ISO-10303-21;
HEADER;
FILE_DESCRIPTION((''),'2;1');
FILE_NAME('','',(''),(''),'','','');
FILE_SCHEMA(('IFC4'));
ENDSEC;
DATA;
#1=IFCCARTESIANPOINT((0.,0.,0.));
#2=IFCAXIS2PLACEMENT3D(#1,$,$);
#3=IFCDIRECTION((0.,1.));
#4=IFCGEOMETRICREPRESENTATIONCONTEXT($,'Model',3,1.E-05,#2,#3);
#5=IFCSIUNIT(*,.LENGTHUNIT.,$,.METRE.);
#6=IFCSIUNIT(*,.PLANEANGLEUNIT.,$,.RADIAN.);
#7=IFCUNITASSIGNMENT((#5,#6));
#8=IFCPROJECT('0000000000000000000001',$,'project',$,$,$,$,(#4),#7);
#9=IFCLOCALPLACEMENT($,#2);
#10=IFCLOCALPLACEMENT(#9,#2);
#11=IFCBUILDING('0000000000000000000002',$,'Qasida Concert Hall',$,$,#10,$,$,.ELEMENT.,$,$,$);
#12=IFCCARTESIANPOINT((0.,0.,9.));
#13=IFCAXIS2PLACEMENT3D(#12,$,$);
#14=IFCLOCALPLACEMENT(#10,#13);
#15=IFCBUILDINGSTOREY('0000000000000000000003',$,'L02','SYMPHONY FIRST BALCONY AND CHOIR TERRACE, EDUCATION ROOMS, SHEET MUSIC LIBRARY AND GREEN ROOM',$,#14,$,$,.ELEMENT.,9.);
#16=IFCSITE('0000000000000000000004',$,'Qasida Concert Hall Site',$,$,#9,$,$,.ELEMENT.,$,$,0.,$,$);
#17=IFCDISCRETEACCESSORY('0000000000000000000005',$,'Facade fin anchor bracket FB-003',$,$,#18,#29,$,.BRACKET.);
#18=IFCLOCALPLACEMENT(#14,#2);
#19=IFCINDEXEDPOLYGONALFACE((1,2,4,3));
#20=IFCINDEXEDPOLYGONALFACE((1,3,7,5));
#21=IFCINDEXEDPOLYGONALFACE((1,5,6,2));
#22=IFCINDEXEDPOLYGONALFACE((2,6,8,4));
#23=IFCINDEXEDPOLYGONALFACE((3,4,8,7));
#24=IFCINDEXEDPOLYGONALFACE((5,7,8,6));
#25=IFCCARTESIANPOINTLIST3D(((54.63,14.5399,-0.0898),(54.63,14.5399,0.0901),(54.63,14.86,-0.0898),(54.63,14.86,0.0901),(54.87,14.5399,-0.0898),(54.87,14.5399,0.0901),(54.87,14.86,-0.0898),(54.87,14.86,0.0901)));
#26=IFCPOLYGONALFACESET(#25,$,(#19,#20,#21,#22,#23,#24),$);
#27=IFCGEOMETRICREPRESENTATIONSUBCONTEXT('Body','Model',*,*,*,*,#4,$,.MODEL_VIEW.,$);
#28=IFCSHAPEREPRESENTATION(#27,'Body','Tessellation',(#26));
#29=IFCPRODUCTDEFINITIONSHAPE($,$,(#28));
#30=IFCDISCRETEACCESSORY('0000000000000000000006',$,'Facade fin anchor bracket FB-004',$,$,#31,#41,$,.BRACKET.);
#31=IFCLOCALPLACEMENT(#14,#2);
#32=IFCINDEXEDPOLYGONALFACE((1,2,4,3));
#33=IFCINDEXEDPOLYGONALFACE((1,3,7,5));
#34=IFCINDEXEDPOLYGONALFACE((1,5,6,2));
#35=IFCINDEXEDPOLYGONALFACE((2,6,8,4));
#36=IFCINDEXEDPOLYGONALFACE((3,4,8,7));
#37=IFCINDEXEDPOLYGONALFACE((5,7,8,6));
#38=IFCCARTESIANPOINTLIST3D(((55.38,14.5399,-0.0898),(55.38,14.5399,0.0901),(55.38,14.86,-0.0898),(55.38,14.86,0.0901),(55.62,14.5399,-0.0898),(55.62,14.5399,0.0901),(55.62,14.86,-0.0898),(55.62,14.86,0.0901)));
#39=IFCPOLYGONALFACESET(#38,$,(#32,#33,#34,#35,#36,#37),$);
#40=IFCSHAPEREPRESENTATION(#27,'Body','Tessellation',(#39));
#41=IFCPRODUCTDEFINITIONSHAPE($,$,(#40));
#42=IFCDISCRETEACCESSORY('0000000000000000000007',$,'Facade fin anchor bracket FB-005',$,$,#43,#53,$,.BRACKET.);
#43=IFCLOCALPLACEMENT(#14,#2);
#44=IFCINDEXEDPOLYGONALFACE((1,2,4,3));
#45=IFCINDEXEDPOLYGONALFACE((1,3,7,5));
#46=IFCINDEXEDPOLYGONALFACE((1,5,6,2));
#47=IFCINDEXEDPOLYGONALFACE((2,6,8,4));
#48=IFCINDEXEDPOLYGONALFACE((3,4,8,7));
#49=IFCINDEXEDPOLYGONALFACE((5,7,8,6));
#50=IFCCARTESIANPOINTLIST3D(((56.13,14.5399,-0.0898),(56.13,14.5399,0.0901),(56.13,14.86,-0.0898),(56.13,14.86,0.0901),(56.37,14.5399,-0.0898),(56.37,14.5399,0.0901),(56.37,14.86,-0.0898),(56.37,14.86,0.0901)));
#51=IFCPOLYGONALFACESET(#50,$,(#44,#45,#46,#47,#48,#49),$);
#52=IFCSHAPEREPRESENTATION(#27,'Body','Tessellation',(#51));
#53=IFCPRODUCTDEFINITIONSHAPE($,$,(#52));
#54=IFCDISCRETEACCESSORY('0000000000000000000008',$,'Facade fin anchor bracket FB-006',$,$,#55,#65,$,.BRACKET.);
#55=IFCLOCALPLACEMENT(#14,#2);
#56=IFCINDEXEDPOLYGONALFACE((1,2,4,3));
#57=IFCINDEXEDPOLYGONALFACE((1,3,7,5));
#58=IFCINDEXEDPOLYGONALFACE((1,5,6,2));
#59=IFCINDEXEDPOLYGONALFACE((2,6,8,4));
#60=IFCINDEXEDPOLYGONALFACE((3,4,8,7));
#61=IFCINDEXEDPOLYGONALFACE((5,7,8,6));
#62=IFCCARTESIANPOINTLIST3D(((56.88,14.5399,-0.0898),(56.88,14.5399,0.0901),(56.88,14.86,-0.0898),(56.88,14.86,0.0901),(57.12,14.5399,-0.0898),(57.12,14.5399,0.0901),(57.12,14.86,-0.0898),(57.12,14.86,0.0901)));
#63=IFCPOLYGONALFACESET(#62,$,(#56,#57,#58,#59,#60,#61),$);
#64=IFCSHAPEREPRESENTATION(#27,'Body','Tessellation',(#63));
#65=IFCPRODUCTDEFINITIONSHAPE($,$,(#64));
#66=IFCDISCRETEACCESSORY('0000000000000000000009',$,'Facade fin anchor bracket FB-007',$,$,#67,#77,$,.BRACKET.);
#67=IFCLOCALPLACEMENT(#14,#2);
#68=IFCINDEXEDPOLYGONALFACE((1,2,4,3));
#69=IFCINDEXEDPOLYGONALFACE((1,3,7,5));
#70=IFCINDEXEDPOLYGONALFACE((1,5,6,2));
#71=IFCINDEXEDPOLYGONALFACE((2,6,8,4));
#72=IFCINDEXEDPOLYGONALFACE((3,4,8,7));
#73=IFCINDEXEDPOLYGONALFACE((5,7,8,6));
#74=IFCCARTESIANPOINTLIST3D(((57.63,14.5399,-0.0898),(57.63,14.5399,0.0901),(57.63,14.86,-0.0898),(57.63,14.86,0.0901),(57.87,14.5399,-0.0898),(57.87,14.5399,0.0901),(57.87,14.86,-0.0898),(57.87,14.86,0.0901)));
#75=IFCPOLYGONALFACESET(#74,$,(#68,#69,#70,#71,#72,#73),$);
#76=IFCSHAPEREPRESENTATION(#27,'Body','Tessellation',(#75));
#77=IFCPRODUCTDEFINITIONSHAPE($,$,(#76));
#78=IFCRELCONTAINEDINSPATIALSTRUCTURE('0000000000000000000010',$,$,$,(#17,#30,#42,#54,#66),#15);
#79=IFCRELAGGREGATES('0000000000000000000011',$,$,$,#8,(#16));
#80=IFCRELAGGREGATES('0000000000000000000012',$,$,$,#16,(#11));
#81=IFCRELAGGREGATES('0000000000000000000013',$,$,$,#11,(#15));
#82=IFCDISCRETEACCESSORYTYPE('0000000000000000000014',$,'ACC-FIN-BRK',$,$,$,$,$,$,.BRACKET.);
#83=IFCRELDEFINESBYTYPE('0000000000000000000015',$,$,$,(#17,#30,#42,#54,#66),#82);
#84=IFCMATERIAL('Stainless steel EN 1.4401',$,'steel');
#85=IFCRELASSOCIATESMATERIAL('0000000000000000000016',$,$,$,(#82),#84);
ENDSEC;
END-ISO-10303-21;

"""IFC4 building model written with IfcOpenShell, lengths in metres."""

from ifc_helpers import new_model, si_unit, direction, frame, origin, origin_2d, place, context, subcontext, project, spatial, rectangle, extrude, material, type_object, element, save


model = new_model("IFC4")

# Units and contexts
model_context = context("Model", 3, precision=1e-05, world=origin(), true_north=direction((0.0, 1.0)))
body_context = subcontext(model_context, "Body", "Model", "MODEL_VIEW")
ifc_project = project(units=[si_unit("LENGTHUNIT", "METRE"), si_unit("PLANEANGLEUNIT", "RADIAN")], contexts=[model_context])

# Site, building, storey
site_placement = place(None, origin())
site = spatial("IfcSite", under=ifc_project, at=site_placement, Name="Qasida Concert Hall Site", CompositionType="ELEMENT", RefElevation=0.0)
building_placement = place(site_placement, origin())
building = spatial("IfcBuilding", under=site, at=building_placement, Name="Qasida Concert Hall", CompositionType="ELEMENT")
storey_placement = place(building_placement, frame((0.0, 0.0, 9.0)))
storey = spatial("IfcBuildingStorey", under=building, at=storey_placement, Name="L02", Description="SYMPHONY FIRST BALCONY AND CHOIR TERRACE, EDUCATION ROOMS, SHEET MUSIC LIBRARY AND GREEN ROOM", CompositionType="ELEMENT", Elevation=9.0)

# Discrete accessories
ifc_material_1 = material(Name="Stainless steel EN 1.4401", Category="steel")
discrete_accessory_type = type_object("IfcDiscreteAccessoryType", Name="ACC-FIN-BRK", PredefinedType="BRACKET", material=ifc_material_1)
for number, where, z_axis, x_axis, name in (
    (1, (54.75, 14.7, -0.0898), (0.0, 0.0, 1.0), (1.0, 0.0, 0.0), "Facade fin anchor bracket FB-003"),
    (2, (55.5, 14.7, -0.0898), (0.0, 0.0, 1.0), (1.0, 0.0, 0.0), "Facade fin anchor bracket FB-004"),
    (3, (56.25, 14.7, -0.0898), (0.0, 0.0, 1.0), (1.0, 0.0, 0.0), "Facade fin anchor bracket FB-005"),
    (4, (57.0, 14.7, -0.0898), (0.0, 0.0, 1.0), (1.0, 0.0, 0.0), "Facade fin anchor bracket FB-006"),
    (5, (57.75, 14.7, -0.0898), (0.0, 0.0, 1.0), (1.0, 0.0, 0.0), "Facade fin anchor bracket FB-007"),
):
    element("IfcDiscreteAccessory", number, at=place(storey_placement, frame(where, z_axis=z_axis, x_axis=x_axis)), inside=storey, type_object=discrete_accessory_type, Name=name, PredefinedType="BRACKET", context=body_context, shape_type="SweptSolid", body=[
        extrude(rectangle(XDim=0.24, YDim=0.3201, at=origin_2d()), origin(), (0.0, 0.0, 1.0), 0.1799),
    ])

save(model, "model.ifc")
